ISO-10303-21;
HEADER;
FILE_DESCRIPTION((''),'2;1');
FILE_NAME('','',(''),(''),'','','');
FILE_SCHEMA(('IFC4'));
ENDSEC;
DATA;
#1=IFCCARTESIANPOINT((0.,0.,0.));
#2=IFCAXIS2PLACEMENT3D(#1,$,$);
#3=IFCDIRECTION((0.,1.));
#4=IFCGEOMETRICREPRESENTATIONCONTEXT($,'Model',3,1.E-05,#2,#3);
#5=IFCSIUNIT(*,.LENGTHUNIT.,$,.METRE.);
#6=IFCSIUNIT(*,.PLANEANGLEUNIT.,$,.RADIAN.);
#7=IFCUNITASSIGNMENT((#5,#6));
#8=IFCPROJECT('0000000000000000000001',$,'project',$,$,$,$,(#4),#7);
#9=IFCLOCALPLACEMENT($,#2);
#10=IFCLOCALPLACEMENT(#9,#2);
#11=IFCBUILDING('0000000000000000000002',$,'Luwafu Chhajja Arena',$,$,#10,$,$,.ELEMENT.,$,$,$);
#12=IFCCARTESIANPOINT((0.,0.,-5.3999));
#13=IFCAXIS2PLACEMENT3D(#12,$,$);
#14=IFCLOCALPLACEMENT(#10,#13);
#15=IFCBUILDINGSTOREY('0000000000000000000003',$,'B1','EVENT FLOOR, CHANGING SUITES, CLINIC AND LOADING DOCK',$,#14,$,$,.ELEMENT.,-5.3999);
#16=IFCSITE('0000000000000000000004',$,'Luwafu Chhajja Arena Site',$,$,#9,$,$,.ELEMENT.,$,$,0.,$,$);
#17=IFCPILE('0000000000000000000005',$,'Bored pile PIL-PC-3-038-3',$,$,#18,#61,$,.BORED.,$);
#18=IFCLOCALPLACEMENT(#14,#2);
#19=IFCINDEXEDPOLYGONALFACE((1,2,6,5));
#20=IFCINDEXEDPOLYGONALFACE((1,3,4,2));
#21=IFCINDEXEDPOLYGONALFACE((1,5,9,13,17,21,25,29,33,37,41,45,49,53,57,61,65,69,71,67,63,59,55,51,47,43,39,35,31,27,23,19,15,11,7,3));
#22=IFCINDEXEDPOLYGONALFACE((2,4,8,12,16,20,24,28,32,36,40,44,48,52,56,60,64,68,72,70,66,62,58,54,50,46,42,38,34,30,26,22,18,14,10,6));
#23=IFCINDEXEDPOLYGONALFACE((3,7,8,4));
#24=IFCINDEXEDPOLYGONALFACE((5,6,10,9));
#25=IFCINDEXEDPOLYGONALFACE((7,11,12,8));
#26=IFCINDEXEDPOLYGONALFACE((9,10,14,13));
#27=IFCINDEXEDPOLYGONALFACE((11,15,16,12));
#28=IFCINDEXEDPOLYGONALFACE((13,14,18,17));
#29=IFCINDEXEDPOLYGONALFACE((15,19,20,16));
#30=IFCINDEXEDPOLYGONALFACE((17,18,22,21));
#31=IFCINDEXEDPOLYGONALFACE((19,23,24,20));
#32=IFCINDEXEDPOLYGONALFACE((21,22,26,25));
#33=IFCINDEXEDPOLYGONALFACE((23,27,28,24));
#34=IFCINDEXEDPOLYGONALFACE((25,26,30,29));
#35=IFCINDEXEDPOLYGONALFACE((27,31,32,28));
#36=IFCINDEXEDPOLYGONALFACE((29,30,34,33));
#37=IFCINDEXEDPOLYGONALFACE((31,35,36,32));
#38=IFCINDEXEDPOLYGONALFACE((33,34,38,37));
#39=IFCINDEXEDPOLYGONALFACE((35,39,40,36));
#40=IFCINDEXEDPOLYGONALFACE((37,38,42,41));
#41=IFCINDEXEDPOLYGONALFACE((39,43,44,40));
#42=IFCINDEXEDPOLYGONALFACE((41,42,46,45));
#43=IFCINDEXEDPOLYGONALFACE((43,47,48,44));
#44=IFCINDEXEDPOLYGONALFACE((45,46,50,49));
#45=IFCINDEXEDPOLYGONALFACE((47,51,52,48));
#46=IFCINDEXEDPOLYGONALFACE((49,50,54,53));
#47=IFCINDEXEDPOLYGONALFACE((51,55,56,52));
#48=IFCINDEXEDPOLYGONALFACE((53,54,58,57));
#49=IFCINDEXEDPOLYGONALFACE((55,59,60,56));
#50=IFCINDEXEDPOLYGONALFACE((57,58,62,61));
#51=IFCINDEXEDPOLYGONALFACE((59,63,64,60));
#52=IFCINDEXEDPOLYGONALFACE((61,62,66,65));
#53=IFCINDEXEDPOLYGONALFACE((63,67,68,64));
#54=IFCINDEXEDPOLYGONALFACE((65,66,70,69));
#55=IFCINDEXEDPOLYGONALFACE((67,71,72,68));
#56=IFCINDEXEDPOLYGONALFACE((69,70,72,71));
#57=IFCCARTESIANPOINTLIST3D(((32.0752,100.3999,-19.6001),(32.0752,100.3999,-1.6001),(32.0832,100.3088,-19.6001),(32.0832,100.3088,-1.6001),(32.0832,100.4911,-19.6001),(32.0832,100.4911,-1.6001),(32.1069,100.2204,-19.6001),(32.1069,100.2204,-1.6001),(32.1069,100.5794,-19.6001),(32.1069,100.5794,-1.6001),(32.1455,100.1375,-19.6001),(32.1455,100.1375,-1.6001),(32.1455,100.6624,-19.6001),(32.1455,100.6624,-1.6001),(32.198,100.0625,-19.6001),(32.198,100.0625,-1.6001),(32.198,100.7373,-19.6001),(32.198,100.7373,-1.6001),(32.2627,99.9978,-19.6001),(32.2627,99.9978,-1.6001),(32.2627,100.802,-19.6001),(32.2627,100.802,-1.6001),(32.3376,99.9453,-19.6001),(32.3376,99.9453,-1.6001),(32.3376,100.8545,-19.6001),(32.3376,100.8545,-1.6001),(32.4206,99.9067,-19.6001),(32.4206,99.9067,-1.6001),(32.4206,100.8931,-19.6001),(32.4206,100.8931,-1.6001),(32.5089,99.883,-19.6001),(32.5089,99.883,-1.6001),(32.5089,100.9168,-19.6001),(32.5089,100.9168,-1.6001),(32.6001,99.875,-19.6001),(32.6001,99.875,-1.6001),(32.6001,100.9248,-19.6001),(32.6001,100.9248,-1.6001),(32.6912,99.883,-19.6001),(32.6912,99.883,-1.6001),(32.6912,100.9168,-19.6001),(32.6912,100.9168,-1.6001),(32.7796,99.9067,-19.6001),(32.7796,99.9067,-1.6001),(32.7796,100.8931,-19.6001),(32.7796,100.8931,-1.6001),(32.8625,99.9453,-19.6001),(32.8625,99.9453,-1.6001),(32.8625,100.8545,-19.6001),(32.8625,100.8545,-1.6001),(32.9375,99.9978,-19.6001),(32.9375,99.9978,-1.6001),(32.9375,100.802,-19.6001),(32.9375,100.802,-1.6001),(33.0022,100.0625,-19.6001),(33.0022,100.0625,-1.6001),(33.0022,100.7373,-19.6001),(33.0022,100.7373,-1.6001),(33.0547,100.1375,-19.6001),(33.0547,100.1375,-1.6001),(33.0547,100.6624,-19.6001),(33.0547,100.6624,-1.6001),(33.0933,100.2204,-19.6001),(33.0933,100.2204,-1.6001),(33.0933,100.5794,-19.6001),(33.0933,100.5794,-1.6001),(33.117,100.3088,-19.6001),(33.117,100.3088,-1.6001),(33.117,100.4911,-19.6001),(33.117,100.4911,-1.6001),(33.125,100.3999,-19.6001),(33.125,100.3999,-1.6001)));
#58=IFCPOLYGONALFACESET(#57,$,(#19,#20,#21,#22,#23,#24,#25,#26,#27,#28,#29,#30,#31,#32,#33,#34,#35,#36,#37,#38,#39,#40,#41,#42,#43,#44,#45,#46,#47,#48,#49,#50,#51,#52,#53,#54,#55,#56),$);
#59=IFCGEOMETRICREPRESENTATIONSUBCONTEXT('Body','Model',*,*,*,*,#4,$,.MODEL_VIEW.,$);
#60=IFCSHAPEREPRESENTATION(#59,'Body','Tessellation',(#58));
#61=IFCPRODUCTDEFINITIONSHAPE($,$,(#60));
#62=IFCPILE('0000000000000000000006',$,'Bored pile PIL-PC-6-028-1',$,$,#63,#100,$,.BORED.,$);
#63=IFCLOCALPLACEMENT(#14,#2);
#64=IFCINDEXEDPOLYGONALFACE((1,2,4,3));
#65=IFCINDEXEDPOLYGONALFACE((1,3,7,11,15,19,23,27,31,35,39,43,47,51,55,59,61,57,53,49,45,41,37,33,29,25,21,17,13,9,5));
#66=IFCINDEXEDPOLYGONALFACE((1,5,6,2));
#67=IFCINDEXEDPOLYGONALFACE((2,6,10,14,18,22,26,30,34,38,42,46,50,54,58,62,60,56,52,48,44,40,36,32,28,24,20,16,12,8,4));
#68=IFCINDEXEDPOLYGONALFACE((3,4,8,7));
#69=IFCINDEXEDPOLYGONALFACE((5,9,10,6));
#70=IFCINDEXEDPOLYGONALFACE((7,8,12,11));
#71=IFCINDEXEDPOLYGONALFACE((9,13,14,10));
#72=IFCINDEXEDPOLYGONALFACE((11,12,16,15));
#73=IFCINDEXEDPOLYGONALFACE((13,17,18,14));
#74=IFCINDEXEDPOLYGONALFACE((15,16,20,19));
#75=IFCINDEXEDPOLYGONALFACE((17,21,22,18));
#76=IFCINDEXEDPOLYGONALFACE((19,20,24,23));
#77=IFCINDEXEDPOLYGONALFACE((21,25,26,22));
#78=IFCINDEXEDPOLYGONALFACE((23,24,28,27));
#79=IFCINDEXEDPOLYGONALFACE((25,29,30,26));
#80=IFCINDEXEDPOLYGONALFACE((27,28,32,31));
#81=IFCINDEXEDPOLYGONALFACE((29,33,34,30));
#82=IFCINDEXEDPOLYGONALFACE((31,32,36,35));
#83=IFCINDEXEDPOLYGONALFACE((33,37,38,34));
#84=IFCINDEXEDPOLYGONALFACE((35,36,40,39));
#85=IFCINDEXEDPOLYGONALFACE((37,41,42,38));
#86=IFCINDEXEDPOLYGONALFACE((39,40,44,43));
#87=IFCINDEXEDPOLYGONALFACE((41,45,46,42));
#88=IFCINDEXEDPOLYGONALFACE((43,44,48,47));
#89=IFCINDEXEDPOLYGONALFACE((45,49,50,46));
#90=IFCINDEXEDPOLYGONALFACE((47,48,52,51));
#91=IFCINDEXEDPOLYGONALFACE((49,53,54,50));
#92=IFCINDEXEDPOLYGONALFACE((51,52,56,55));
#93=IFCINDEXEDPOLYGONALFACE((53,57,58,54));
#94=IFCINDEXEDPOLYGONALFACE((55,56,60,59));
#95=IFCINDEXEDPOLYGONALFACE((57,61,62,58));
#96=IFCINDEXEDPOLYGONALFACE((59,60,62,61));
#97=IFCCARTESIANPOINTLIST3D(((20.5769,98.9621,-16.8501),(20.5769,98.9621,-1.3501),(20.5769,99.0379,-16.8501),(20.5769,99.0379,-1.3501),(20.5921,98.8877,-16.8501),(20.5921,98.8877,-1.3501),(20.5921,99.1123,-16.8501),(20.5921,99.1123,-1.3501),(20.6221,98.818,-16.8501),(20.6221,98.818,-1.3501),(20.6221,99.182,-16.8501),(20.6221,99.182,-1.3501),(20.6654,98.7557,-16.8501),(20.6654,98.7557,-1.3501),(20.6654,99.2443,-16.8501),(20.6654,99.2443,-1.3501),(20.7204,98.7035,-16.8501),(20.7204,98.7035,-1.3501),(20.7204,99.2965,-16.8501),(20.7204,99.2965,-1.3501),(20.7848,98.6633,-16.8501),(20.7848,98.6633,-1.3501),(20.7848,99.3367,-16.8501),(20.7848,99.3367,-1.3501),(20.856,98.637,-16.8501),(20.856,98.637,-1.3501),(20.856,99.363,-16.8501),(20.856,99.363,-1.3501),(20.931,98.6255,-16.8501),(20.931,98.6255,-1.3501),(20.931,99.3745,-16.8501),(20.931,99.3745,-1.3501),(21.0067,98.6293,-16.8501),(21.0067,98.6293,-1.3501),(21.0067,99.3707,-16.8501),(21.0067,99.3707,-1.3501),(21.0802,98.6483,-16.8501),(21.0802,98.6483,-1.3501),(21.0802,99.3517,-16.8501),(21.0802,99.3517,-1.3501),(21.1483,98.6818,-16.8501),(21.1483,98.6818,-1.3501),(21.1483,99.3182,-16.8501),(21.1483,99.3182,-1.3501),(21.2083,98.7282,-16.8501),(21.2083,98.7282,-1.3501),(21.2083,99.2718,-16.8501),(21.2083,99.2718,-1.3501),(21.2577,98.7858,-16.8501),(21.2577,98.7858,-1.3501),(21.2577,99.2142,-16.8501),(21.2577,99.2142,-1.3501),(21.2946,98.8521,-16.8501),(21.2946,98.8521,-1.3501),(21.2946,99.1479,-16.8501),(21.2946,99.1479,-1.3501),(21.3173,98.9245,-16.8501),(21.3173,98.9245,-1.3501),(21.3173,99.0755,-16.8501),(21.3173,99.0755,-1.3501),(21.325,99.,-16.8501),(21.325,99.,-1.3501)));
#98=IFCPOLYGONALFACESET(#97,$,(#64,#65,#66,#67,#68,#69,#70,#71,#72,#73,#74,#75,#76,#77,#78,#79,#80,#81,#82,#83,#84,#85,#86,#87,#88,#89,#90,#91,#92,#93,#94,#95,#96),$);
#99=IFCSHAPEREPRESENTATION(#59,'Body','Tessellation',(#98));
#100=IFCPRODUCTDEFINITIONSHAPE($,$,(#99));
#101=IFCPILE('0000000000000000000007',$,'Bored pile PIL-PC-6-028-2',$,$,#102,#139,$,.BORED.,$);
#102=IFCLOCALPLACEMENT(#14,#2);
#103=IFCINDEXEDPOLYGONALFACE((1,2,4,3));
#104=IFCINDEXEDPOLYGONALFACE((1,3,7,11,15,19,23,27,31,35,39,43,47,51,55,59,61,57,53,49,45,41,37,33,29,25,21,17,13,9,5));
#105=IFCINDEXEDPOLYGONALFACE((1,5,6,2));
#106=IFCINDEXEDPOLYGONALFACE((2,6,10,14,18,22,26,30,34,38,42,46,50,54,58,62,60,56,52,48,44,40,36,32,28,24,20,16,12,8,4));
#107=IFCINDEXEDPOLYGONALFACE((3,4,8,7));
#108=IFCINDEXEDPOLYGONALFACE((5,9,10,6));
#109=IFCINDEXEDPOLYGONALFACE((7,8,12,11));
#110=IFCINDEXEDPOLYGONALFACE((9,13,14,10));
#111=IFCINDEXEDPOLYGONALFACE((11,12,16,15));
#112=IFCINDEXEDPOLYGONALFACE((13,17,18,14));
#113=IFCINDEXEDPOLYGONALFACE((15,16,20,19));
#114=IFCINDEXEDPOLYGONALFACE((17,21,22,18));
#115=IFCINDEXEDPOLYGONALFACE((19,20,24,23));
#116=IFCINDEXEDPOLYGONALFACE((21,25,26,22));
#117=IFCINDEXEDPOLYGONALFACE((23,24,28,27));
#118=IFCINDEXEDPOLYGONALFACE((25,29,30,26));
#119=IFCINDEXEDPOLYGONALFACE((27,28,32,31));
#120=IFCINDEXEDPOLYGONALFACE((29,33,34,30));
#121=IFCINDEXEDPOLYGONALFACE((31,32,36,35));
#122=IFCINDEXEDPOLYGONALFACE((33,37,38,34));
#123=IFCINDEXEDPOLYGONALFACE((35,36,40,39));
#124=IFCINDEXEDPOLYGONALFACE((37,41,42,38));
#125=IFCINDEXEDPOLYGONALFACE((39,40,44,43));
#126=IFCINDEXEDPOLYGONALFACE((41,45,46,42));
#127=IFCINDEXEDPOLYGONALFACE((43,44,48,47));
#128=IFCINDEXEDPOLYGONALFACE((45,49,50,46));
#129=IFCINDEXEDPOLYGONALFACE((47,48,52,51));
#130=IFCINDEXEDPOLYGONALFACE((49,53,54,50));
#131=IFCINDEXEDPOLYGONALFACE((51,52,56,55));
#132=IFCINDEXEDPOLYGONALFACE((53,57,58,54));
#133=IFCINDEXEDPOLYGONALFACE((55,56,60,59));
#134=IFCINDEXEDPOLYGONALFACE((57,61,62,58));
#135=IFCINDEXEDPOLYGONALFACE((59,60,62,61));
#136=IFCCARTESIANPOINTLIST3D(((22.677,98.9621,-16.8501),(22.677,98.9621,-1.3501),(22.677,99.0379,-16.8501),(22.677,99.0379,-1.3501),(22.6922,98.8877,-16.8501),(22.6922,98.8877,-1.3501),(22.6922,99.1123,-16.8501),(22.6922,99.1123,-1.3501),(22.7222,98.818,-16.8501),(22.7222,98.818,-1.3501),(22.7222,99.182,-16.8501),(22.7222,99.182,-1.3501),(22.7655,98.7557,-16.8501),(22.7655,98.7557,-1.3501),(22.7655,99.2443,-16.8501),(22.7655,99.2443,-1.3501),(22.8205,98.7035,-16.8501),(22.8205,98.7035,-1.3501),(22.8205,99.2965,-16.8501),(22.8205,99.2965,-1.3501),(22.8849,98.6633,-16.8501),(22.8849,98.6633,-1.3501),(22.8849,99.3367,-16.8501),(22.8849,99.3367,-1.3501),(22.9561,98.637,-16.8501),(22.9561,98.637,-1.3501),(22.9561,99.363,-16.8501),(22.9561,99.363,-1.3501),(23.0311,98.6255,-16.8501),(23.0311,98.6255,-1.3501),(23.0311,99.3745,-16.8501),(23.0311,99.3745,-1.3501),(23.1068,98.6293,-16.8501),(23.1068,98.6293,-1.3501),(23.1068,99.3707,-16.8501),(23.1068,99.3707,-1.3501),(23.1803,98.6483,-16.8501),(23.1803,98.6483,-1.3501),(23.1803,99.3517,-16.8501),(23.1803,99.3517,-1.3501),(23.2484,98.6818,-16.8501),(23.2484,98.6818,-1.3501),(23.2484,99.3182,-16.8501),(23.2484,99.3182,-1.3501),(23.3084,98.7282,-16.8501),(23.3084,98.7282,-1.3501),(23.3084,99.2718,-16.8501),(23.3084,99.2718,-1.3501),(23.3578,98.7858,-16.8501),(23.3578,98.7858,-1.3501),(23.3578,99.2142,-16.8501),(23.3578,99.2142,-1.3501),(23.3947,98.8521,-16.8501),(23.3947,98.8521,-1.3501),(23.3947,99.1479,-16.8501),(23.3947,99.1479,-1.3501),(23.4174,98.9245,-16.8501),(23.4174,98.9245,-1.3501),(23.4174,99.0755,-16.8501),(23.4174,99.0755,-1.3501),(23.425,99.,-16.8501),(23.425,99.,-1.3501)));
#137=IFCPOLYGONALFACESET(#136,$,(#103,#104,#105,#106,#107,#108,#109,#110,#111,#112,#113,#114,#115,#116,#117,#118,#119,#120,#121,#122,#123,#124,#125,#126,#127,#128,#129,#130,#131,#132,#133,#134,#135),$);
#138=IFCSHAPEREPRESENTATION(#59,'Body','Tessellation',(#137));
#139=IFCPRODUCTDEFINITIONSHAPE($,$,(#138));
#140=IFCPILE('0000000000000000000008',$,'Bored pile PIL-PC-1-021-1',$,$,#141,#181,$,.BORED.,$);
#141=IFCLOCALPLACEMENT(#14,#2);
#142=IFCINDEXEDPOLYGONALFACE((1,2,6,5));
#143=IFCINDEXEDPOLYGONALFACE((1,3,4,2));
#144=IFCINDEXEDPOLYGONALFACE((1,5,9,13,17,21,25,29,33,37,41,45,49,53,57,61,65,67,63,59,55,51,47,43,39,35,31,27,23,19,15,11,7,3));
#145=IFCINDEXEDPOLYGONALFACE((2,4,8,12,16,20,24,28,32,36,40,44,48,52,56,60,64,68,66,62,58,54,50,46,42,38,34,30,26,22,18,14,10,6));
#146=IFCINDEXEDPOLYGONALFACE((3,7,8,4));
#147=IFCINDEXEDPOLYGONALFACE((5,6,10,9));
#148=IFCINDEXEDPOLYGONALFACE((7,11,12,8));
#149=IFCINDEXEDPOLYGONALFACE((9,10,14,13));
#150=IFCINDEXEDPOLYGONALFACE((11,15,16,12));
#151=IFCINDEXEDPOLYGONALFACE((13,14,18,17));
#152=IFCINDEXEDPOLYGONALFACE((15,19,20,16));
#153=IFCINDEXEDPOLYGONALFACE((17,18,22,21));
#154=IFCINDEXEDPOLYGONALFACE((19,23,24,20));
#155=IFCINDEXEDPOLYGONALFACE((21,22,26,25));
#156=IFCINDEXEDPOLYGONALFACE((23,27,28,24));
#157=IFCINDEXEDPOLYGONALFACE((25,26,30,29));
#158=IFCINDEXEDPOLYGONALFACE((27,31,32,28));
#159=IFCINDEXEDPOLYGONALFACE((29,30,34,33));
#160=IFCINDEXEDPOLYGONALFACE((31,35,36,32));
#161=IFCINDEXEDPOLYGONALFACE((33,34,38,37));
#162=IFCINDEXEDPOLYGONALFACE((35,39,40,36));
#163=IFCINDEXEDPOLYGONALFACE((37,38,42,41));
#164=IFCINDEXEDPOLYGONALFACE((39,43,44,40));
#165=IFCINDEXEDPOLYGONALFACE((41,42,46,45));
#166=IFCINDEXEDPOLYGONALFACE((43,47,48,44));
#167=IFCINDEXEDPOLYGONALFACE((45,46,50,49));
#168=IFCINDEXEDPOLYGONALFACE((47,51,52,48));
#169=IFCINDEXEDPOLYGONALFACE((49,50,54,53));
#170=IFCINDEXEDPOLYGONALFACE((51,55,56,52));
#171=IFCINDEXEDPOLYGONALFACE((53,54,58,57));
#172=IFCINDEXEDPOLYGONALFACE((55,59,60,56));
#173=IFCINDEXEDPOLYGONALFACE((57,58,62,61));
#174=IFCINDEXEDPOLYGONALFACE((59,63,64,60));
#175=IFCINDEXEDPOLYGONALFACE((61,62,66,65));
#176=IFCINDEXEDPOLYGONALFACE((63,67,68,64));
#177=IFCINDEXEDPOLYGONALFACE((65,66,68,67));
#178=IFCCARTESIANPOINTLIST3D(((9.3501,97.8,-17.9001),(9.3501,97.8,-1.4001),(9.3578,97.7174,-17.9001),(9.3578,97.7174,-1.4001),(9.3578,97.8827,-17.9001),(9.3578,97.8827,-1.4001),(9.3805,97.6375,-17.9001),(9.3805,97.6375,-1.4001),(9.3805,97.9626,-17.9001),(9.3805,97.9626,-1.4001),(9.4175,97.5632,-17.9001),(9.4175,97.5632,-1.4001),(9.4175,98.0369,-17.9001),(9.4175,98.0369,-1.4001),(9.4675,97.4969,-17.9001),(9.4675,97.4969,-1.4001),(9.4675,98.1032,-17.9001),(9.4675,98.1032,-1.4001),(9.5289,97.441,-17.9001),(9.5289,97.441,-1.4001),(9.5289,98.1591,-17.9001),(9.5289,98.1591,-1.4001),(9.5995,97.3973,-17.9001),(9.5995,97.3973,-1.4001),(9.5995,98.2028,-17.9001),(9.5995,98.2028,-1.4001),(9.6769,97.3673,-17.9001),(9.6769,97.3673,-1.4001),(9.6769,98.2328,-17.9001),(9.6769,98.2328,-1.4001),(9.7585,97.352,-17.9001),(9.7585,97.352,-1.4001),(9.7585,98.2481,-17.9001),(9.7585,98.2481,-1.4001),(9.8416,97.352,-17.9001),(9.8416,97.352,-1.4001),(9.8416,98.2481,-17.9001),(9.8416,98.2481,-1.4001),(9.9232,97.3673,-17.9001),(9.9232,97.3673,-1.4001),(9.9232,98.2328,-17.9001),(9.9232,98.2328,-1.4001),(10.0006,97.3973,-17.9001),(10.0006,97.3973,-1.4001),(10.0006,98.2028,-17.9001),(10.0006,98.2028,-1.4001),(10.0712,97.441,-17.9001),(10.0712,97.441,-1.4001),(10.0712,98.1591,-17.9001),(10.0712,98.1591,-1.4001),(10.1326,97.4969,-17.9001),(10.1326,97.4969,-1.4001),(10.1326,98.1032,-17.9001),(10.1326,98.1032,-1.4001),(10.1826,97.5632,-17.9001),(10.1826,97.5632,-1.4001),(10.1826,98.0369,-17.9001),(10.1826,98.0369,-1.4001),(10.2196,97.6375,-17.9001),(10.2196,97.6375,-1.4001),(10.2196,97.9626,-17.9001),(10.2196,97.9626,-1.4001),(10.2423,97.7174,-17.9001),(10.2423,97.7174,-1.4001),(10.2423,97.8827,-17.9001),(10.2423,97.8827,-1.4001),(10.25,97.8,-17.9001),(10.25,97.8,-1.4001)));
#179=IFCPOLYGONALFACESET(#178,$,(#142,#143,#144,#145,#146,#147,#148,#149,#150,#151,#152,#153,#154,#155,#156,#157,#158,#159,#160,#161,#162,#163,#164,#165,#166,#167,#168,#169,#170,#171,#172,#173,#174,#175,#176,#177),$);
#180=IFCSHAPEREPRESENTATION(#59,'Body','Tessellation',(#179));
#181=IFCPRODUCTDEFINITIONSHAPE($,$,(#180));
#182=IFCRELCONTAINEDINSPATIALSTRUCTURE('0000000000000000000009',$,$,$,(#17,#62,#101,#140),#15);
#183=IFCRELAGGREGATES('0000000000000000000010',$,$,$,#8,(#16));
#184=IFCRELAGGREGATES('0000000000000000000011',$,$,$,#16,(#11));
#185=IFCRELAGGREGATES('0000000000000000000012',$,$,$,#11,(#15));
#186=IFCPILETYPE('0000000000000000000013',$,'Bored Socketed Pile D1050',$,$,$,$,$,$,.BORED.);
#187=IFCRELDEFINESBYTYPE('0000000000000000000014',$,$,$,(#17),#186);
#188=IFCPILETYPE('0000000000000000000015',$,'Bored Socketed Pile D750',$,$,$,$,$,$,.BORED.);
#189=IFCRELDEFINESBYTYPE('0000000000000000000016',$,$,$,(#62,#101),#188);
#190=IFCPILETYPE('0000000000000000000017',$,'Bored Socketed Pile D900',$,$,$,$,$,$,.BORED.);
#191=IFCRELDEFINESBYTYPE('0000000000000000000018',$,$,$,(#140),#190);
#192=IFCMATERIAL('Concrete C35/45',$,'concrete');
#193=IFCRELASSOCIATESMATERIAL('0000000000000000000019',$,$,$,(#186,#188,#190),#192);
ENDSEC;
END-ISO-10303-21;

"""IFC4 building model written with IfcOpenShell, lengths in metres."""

from ifc_helpers import new_model, si_unit, direction, frame, origin, origin_2d, place, context, subcontext, project, spatial, circle, extrude, material, material_profile, profile_set, type_object, element, save


model = new_model("IFC4")

# Units and contexts
model_context = context("Model", 3, precision=1e-05, world=origin(), true_north=direction((0.0, 1.0)))
body_context = subcontext(model_context, "Body", "Model", "MODEL_VIEW")
ifc_project = project(units=[si_unit("LENGTHUNIT", "METRE"), si_unit("PLANEANGLEUNIT", "RADIAN")], contexts=[model_context])

# Site, building, storey
site_placement = place(None, origin())
site = spatial("IfcSite", under=ifc_project, at=site_placement, Name="Luwafu Chhajja Arena Site", CompositionType="ELEMENT", RefElevation=0.0)
building_placement = place(site_placement, origin())
building = spatial("IfcBuilding", under=site, at=building_placement, Name="Luwafu Chhajja Arena", CompositionType="ELEMENT")
storey_placement = place(building_placement, frame((0.0, 0.0, -5.3999)))
storey = spatial("IfcBuildingStorey", under=building, at=storey_placement, Name="B1", Description="EVENT FLOOR, CHANGING SUITES, CLINIC AND LOADING DOCK", CompositionType="ELEMENT", Elevation=-5.3999)

# Shared definitions
ifc_material_1 = material(Name="Concrete C35/45", Category="concrete")

# Piles
ifc_material_profile_1 = material_profile(ifc_material_1, circle(Radius=0.5249, at=origin_2d()), Name="PILE D1050")
ifc_profile_set_1 = profile_set([ifc_material_profile_1], Name="Concrete C35/45")
pile_type_1 = type_object("IfcPileType", Name="Bored Socketed Pile D1050", PredefinedType="BORED", material=ifc_profile_set_1)
for number, where, z_axis, x_axis, name in (
    (1, (32.6001, 100.3999, -1.6001), (0.0, 0.0, -1.0), (1.0, 0.0, 0.0), "Bored pile PIL-PC-3-038-3"),
):
    element("IfcPile", number, at=place(storey_placement, frame(where, z_axis=z_axis, x_axis=x_axis)), inside=storey, type_object=pile_type_1, Name=name, PredefinedType="BORED", context=body_context, shape_type="SweptSolid", body=[
        extrude(circle(Radius=0.5249, at=origin_2d()), origin(), (0.0, 0.0, 1.0), 18.0),
    ])
ifc_material_profile_2 = material_profile(ifc_material_1, circle(Radius=0.375, at=origin_2d()), Name="PILE D750")
ifc_profile_set_2 = profile_set([ifc_material_profile_2], Name="Concrete C35/45")
pile_type_2 = type_object("IfcPileType", Name="Bored Socketed Pile D750", PredefinedType="BORED", material=ifc_profile_set_2)
for number, where, z_axis, x_axis, name in (
    (2, (20.95, 99.0, -1.3501), (0.0, 0.0, -1.0), (1.0, 0.0, 0.0), "Bored pile PIL-PC-6-028-1"),
    (3, (23.05, 99.0, -1.3501), (0.0, 0.0, -1.0), (1.0, 0.0, 0.0), "Bored pile PIL-PC-6-028-2"),
):
    element("IfcPile", number, at=place(storey_placement, frame(where, z_axis=z_axis, x_axis=x_axis)), inside=storey, type_object=pile_type_2, Name=name, PredefinedType="BORED", context=body_context, shape_type="SweptSolid", body=[
        extrude(circle(Radius=0.375, at=origin_2d()), origin(), (0.0, 0.0, 1.0), 15.5),
    ])
ifc_material_profile_3 = material_profile(ifc_material_1, circle(Radius=0.45, at=origin_2d()), Name="PILE D900")
ifc_profile_set_3 = profile_set([ifc_material_profile_3], Name="Concrete C35/45")
pile_type_3 = type_object("IfcPileType", Name="Bored Socketed Pile D900", PredefinedType="BORED", material=ifc_profile_set_3)
for number, where, z_axis, x_axis, name in (
    (4, (9.8, 97.8, -1.4001), (0.0, 0.0, -1.0), (1.0, 0.0, 0.0), "Bored pile PIL-PC-1-021-1"),
):
    element("IfcPile", number, at=place(storey_placement, frame(where, z_axis=z_axis, x_axis=x_axis)), inside=storey, type_object=pile_type_3, Name=name, PredefinedType="BORED", context=body_context, shape_type="SweptSolid", body=[
        extrude(circle(Radius=0.45, at=origin_2d()), origin(), (0.0, 0.0, 1.0), 16.5),
    ])

save(model, "model.ifc")
